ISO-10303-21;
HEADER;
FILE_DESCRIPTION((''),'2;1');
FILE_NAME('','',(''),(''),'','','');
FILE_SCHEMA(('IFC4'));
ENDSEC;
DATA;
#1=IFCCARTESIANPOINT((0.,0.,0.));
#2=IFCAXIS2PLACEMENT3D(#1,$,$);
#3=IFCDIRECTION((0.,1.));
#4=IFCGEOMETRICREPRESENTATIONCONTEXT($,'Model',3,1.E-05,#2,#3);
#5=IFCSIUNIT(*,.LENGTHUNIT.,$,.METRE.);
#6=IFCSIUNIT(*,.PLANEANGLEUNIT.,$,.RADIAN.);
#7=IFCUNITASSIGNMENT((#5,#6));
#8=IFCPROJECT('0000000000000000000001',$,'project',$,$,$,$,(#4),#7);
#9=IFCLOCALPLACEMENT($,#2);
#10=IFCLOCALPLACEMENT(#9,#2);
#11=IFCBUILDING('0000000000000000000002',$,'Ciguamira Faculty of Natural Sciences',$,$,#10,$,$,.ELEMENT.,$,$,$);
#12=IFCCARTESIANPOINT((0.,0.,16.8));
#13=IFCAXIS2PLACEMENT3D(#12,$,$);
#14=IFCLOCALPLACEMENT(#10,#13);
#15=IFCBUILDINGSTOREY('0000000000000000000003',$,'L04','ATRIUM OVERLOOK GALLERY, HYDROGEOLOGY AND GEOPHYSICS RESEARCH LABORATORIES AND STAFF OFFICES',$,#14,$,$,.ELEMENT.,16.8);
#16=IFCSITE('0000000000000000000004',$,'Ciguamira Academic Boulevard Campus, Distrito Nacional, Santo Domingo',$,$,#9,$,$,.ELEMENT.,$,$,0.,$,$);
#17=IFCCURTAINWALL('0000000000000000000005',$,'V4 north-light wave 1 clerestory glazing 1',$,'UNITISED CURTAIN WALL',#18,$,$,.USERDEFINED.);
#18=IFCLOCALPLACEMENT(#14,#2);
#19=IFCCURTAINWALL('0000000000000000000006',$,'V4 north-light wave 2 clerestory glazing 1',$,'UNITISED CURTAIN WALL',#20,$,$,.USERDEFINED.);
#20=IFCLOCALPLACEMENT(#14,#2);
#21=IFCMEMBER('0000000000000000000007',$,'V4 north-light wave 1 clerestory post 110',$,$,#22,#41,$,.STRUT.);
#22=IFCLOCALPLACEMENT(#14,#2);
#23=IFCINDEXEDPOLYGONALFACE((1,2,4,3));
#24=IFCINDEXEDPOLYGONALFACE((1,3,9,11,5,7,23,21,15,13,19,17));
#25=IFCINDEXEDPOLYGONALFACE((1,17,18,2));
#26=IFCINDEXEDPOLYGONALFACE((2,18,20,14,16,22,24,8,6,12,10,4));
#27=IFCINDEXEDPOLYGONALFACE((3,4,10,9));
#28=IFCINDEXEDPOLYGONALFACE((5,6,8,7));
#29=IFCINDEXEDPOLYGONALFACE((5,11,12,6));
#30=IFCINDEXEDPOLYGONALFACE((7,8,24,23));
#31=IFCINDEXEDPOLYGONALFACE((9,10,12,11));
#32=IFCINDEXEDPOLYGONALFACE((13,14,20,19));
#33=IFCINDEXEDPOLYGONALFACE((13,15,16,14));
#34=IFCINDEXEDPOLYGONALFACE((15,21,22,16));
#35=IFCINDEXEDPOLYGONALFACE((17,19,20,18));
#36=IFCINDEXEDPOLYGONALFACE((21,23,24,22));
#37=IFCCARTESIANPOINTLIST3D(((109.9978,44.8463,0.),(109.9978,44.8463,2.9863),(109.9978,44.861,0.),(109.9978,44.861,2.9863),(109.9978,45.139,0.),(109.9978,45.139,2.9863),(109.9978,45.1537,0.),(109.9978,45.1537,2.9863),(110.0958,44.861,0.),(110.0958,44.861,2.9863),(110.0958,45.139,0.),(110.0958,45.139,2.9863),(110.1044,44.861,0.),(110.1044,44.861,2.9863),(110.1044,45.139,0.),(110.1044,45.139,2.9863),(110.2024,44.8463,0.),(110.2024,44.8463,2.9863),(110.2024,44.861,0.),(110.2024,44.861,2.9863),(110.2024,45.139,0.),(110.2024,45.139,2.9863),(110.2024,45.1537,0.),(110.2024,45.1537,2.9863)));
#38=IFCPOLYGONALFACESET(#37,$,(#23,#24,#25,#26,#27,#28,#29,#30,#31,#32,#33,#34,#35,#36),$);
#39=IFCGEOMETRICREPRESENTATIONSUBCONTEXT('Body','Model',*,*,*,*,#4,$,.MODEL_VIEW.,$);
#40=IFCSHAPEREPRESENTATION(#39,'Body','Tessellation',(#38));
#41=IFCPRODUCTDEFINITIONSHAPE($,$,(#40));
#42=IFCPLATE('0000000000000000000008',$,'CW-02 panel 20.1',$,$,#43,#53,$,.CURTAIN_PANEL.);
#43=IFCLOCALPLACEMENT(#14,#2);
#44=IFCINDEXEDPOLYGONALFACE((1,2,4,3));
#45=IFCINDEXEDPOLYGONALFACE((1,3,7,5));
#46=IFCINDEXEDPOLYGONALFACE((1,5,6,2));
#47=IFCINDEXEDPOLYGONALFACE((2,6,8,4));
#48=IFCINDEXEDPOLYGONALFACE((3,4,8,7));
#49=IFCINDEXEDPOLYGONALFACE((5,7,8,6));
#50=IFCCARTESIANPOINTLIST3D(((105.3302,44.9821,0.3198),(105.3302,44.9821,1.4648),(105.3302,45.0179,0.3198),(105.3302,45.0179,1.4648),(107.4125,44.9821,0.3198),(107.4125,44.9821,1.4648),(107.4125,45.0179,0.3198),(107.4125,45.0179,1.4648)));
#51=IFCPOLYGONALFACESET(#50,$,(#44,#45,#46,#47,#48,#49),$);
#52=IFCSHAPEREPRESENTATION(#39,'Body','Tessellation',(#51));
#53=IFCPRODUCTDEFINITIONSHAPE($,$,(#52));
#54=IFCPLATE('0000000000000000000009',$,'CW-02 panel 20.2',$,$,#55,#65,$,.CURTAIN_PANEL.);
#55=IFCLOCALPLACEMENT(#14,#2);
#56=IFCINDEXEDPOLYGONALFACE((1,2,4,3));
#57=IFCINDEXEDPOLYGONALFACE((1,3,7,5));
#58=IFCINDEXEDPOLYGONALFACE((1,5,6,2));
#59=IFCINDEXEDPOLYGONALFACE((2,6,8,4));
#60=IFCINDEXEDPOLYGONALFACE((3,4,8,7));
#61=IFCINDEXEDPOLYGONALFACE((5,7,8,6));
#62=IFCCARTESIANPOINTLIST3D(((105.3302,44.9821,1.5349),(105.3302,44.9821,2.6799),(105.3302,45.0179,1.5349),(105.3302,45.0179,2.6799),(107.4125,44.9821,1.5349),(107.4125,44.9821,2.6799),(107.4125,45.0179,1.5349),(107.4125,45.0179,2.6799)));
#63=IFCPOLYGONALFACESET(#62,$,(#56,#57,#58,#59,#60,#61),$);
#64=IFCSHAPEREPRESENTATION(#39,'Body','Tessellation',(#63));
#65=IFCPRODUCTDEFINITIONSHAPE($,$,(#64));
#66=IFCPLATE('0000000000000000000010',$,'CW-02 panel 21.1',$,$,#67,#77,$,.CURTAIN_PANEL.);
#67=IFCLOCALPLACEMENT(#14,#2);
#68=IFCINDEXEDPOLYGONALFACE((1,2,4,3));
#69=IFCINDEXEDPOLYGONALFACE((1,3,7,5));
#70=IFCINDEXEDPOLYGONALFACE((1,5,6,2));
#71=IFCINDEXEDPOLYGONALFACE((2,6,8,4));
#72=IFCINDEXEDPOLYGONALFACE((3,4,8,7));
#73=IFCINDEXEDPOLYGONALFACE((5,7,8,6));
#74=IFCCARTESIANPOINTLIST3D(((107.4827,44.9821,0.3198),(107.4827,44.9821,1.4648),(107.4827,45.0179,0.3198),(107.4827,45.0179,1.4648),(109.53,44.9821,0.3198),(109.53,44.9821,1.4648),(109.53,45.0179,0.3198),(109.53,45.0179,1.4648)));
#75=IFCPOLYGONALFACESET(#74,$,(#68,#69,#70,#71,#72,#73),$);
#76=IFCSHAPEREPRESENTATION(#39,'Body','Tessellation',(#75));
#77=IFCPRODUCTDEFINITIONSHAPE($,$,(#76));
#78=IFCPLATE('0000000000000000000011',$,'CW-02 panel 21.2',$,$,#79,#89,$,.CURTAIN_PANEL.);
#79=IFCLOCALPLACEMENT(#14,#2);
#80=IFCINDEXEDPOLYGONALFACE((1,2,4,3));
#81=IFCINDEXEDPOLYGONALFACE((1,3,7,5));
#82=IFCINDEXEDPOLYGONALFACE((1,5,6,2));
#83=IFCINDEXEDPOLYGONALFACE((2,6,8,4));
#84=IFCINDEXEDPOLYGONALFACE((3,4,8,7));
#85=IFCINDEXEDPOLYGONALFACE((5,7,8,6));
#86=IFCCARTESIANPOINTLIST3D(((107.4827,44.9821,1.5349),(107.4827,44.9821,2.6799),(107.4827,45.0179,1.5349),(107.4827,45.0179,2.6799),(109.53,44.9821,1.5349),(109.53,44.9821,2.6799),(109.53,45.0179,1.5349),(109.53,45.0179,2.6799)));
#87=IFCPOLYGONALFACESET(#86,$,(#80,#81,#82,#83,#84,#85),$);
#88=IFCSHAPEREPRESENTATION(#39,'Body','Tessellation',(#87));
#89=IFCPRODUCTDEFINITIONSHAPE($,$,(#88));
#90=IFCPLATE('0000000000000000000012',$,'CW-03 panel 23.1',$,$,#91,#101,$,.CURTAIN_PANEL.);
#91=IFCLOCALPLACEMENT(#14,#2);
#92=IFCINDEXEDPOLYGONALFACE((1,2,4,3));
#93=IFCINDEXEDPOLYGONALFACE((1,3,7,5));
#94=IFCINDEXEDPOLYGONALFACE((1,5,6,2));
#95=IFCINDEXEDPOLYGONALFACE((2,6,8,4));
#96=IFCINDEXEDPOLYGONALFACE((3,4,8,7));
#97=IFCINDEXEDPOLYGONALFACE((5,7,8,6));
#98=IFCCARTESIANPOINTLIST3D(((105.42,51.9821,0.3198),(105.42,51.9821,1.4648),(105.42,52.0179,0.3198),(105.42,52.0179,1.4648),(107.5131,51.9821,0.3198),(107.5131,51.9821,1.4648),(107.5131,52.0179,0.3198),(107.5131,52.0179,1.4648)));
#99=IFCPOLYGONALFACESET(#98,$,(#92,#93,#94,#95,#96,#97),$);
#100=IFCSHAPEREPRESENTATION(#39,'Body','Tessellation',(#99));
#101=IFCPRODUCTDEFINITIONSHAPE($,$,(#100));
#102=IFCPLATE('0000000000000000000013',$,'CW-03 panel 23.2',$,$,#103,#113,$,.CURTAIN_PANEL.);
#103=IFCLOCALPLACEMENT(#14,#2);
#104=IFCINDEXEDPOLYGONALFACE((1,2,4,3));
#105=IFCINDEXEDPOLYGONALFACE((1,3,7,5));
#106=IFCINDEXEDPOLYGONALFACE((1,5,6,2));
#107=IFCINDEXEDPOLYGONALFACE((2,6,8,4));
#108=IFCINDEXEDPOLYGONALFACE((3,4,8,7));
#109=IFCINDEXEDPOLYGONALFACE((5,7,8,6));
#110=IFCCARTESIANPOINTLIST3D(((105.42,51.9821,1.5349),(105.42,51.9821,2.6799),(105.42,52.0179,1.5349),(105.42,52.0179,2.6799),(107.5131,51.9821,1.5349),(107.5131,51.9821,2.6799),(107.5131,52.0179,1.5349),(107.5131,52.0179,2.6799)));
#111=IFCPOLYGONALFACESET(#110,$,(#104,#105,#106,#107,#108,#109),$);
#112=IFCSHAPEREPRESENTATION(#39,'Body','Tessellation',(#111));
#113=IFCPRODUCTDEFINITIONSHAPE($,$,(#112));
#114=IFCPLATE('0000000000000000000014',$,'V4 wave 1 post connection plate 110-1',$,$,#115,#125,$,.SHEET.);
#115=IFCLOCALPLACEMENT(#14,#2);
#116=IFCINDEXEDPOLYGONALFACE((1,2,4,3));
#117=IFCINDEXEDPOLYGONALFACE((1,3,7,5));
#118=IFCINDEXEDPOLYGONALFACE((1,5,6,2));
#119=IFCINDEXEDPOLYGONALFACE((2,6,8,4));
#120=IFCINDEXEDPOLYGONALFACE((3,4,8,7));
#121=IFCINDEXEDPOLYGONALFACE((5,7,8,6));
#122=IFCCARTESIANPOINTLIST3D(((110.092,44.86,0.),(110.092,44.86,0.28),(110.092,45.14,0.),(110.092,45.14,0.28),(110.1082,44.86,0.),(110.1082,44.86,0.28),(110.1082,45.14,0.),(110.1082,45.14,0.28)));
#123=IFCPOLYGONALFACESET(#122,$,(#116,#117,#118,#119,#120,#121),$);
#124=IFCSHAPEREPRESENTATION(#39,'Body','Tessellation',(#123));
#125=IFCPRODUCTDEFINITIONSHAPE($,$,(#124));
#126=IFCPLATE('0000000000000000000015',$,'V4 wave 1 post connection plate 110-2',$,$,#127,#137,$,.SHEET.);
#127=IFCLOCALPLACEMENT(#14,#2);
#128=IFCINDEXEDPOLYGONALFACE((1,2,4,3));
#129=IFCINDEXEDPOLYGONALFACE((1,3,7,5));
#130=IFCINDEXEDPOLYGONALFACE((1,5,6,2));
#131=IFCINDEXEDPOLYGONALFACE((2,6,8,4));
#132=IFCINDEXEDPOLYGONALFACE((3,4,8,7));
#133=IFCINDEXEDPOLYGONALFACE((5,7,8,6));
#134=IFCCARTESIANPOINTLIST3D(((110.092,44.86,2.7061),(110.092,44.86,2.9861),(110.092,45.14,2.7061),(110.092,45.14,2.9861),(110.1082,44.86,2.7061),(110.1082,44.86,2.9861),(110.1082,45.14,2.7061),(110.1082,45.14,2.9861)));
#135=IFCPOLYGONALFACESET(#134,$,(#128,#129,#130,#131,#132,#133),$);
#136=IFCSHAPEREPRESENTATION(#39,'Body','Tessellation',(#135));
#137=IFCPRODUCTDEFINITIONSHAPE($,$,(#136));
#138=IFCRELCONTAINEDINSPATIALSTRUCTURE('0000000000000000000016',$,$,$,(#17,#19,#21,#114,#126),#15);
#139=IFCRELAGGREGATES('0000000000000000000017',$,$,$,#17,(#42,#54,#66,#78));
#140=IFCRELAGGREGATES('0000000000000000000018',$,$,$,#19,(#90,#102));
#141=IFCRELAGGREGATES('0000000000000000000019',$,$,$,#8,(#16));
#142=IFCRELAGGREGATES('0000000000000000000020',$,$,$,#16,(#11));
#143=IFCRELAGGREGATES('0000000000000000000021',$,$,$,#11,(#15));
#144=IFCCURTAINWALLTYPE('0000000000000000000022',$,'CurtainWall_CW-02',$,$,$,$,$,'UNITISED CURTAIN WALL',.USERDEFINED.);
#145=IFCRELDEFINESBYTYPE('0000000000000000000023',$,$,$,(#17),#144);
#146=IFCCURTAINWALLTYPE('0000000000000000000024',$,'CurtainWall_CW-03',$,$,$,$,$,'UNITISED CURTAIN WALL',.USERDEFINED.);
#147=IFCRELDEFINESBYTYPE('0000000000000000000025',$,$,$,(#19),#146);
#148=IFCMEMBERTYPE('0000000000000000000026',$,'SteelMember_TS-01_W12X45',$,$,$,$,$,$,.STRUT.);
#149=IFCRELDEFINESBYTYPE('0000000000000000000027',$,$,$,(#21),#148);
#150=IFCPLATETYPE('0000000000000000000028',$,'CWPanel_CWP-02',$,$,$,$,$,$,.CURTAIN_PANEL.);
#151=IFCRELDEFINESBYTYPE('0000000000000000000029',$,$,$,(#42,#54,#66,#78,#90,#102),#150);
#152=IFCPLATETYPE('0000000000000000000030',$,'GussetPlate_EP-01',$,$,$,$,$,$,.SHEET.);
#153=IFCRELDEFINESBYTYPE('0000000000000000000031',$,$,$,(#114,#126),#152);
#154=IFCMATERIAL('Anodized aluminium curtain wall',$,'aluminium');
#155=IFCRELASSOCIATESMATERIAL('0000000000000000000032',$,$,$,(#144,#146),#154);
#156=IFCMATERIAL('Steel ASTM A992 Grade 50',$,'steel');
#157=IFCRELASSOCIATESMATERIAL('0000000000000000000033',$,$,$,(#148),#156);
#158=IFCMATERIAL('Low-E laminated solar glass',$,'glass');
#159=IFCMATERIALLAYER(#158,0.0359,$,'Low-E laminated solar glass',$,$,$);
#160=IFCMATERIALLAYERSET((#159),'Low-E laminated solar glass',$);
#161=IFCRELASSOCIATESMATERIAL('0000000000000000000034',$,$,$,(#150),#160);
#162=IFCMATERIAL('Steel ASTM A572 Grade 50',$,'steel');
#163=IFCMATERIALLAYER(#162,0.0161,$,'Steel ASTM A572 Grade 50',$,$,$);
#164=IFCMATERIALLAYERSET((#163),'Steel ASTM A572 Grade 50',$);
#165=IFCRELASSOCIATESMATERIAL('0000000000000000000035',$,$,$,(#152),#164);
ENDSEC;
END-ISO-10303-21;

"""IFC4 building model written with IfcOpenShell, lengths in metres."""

from ifc_helpers import new_model, si_unit, direction, frame, origin, origin_2d, place, context, subcontext, project, spatial, rectangle, i_section, extrude, material, layer, layer_set, material_profile, profile_set, type_object, element, aggregate, save


model = new_model("IFC4")

# Units and contexts
model_context = context("Model", 3, precision=1e-05, world=origin(), true_north=direction((0.0, 1.0)))
body_context = subcontext(model_context, "Body", "Model", "MODEL_VIEW")
ifc_project = project(units=[si_unit("LENGTHUNIT", "METRE"), si_unit("PLANEANGLEUNIT", "RADIAN")], contexts=[model_context])

# Site, building, storey
site_placement = place(None, origin())
site = spatial("IfcSite", under=ifc_project, at=site_placement, Name="Ciguamira Academic Boulevard Campus, Distrito Nacional, Santo Domingo", CompositionType="ELEMENT", RefElevation=0.0)
building_placement = place(site_placement, origin())
building = spatial("IfcBuilding", under=site, at=building_placement, Name="Ciguamira Faculty of Natural Sciences", CompositionType="ELEMENT")
storey_placement = place(building_placement, frame((0.0, 0.0, 16.8)))
storey = spatial("IfcBuildingStorey", under=building, at=storey_placement, Name="L04", Description="ATRIUM OVERLOOK GALLERY, HYDROGEOLOGY AND GEOPHYSICS RESEARCH LABORATORIES AND STAFF OFFICES", CompositionType="ELEMENT", Elevation=16.8)

# Curtain wall
ifc_material_1 = material(Name="Anodized aluminium curtain wall", Category="aluminium")
curtain_wall_type_1 = type_object("IfcCurtainWallType", Name="CurtainWall_CW-02", ElementType="UNITISED CURTAIN WALL", PredefinedType="USERDEFINED", material=ifc_material_1)
curtain_wall_1_placement = place(storey_placement, origin())
curtain_wall_1 = element("IfcCurtainWall", 1, at=curtain_wall_1_placement, inside=storey, type_object=curtain_wall_type_1, Name="V4 north-light wave 1 clerestory glazing 1", ObjectType="UNITISED CURTAIN WALL", PredefinedType="USERDEFINED")

# Curtain wall
curtain_wall_type_2 = type_object("IfcCurtainWallType", Name="CurtainWall_CW-03", ElementType="UNITISED CURTAIN WALL", PredefinedType="USERDEFINED", material=ifc_material_1)
curtain_wall_2_placement = place(storey_placement, origin())
curtain_wall_2 = element("IfcCurtainWall", 2, at=curtain_wall_2_placement, inside=storey, type_object=curtain_wall_type_2, Name="V4 north-light wave 2 clerestory glazing 1", ObjectType="UNITISED CURTAIN WALL", PredefinedType="USERDEFINED")

# Member
ifc_material_2 = material(Name="Steel ASTM A992 Grade 50", Category="steel")
ifc_material_profile_1 = material_profile(ifc_material_2, i_section(OverallWidth=0.2046, OverallDepth=0.3074, WebThickness=0.0085, FlangeThickness=0.0146, at=origin_2d()), Name="W12X45")
ifc_profile_set_1 = profile_set([ifc_material_profile_1], Name="Steel ASTM A992 Grade 50")
member_type_1 = type_object("IfcMemberType", Name="SteelMember_TS-01_W12X45", PredefinedType="STRUT", material=ifc_profile_set_1)
member_1_placement = place(storey_placement, frame((110.1001, 45.0, 0.0), z_axis=(0.0, 0.0, 1.0), x_axis=(1.0, 0.0, 0.0)))
element("IfcMember", 3, at=member_1_placement, inside=storey, type_object=member_type_1, Name="V4 north-light wave 1 clerestory post 110", PredefinedType="STRUT", context=body_context, shape_type="SweptSolid", body=[
    extrude(i_section(OverallWidth=0.2046, OverallDepth=0.3074, WebThickness=0.0085, FlangeThickness=0.0146, at=origin_2d()), origin(), (0.0, 0.0, 1.0), 2.9863),
])

# Plates
ifc_material_3 = material(Name="Low-E laminated solar glass", Category="glass")
ifc_layer_1 = layer(ifc_material_3, 0.0359, Name="Low-E laminated solar glass")
ifc_layer_set_1 = layer_set([ifc_layer_1], Name="Low-E laminated solar glass")
plate_type_1 = type_object("IfcPlateType", Name="CWPanel_CWP-02", PredefinedType="CURTAIN_PANEL", material=ifc_layer_set_1)
plate_1_placement = place(storey_placement, frame((106.3713, 45.0, 0.3198), z_axis=(0.0, 0.0, 1.0), x_axis=(1.0, 0.0, 0.0)))
plate_1 = element("IfcPlate", 4, at=plate_1_placement, type_object=plate_type_1, Name="CW-02 panel 20.1", PredefinedType="CURTAIN_PANEL", context=body_context, shape_type="SweptSolid", body=[
    extrude(rectangle(XDim=2.0823, YDim=0.0359, at=origin_2d()), origin(), (0.0, 0.0, 1.0), 1.145),
])
plate_2_placement = place(storey_placement, frame((106.3713, 45.0, 1.5349), z_axis=(0.0, 0.0, 1.0), x_axis=(1.0, 0.0, 0.0)))
plate_2 = element("IfcPlate", 5, at=plate_2_placement, type_object=plate_type_1, Name="CW-02 panel 20.2", PredefinedType="CURTAIN_PANEL", context=body_context, shape_type="SweptSolid", body=[
    extrude(rectangle(XDim=2.0823, YDim=0.0359, at=origin_2d()), origin(), (0.0, 0.0, 1.0), 1.145),
])
plate_3_placement = place(storey_placement, frame((108.5063, 45.0, 0.3198), z_axis=(0.0, 0.0, 1.0), x_axis=(1.0, 0.0, 0.0)))
plate_3 = element("IfcPlate", 6, at=plate_3_placement, type_object=plate_type_1, Name="CW-02 panel 21.1", PredefinedType="CURTAIN_PANEL", context=body_context, shape_type="SweptSolid", body=[
    extrude(rectangle(XDim=2.0474, YDim=0.0359, at=origin_2d()), origin(), (0.0, 0.0, 1.0), 1.145),
])
plate_4_placement = place(storey_placement, frame((108.5063, 45.0, 1.5349), z_axis=(0.0, 0.0, 1.0), x_axis=(1.0, 0.0, 0.0)))
plate_4 = element("IfcPlate", 7, at=plate_4_placement, type_object=plate_type_1, Name="CW-02 panel 21.2", PredefinedType="CURTAIN_PANEL", context=body_context, shape_type="SweptSolid", body=[
    extrude(rectangle(XDim=2.0474, YDim=0.0359, at=origin_2d()), origin(), (0.0, 0.0, 1.0), 1.145),
])
aggregate(curtain_wall_1, [plate_1, plate_2, plate_3, plate_4])
plate_5_placement = place(storey_placement, frame((106.4666, 52.0, 0.3198), z_axis=(0.0, 0.0, 1.0), x_axis=(1.0, 0.0, 0.0)))
plate_5 = element("IfcPlate", 8, at=plate_5_placement, type_object=plate_type_1, Name="CW-03 panel 23.1", PredefinedType="CURTAIN_PANEL", context=body_context, shape_type="SweptSolid", body=[
    extrude(rectangle(XDim=2.093, YDim=0.0359, at=origin_2d()), origin(), (0.0, 0.0, 1.0), 1.145),
])
plate_6_placement = place(storey_placement, frame((106.4666, 52.0, 1.5349), z_axis=(0.0, 0.0, 1.0), x_axis=(1.0, 0.0, 0.0)))
plate_6 = element("IfcPlate", 9, at=plate_6_placement, type_object=plate_type_1, Name="CW-03 panel 23.2", PredefinedType="CURTAIN_PANEL", context=body_context, shape_type="SweptSolid", body=[
    extrude(rectangle(XDim=2.093, YDim=0.0359, at=origin_2d()), origin(), (0.0, 0.0, 1.0), 1.145),
])
aggregate(curtain_wall_2, [plate_5, plate_6])

# Plates
ifc_material_4 = material(Name="Steel ASTM A572 Grade 50", Category="steel")
ifc_layer_2 = layer(ifc_material_4, 0.0161, Name="Steel ASTM A572 Grade 50")
ifc_layer_set_2 = layer_set([ifc_layer_2], Name="Steel ASTM A572 Grade 50")
plate_type_2 = type_object("IfcPlateType", Name="GussetPlate_EP-01", PredefinedType="SHEET", material=ifc_layer_set_2)
for number, where, z_axis, x_axis, name in (
    (10, (110.1001, 45.0, 0.0), (0.0, 0.0, 1.0), (1.0, 0.0, 0.0), "V4 wave 1 post connection plate 110-1"),
    (11, (110.1001, 45.0, 2.7061), (0.0, 0.0, 1.0), (1.0, 0.0, 0.0), "V4 wave 1 post connection plate 110-2"),
):
    element("IfcPlate", number, at=place(storey_placement, frame(where, z_axis=z_axis, x_axis=x_axis)), inside=storey, type_object=plate_type_2, Name=name, PredefinedType="SHEET", context=body_context, shape_type="SweptSolid", body=[
        extrude(rectangle(XDim=0.0161, YDim=0.28, at=origin_2d()), origin(), (0.0, 0.0, 1.0), 0.28),
    ])

save(model, "model.ifc")
